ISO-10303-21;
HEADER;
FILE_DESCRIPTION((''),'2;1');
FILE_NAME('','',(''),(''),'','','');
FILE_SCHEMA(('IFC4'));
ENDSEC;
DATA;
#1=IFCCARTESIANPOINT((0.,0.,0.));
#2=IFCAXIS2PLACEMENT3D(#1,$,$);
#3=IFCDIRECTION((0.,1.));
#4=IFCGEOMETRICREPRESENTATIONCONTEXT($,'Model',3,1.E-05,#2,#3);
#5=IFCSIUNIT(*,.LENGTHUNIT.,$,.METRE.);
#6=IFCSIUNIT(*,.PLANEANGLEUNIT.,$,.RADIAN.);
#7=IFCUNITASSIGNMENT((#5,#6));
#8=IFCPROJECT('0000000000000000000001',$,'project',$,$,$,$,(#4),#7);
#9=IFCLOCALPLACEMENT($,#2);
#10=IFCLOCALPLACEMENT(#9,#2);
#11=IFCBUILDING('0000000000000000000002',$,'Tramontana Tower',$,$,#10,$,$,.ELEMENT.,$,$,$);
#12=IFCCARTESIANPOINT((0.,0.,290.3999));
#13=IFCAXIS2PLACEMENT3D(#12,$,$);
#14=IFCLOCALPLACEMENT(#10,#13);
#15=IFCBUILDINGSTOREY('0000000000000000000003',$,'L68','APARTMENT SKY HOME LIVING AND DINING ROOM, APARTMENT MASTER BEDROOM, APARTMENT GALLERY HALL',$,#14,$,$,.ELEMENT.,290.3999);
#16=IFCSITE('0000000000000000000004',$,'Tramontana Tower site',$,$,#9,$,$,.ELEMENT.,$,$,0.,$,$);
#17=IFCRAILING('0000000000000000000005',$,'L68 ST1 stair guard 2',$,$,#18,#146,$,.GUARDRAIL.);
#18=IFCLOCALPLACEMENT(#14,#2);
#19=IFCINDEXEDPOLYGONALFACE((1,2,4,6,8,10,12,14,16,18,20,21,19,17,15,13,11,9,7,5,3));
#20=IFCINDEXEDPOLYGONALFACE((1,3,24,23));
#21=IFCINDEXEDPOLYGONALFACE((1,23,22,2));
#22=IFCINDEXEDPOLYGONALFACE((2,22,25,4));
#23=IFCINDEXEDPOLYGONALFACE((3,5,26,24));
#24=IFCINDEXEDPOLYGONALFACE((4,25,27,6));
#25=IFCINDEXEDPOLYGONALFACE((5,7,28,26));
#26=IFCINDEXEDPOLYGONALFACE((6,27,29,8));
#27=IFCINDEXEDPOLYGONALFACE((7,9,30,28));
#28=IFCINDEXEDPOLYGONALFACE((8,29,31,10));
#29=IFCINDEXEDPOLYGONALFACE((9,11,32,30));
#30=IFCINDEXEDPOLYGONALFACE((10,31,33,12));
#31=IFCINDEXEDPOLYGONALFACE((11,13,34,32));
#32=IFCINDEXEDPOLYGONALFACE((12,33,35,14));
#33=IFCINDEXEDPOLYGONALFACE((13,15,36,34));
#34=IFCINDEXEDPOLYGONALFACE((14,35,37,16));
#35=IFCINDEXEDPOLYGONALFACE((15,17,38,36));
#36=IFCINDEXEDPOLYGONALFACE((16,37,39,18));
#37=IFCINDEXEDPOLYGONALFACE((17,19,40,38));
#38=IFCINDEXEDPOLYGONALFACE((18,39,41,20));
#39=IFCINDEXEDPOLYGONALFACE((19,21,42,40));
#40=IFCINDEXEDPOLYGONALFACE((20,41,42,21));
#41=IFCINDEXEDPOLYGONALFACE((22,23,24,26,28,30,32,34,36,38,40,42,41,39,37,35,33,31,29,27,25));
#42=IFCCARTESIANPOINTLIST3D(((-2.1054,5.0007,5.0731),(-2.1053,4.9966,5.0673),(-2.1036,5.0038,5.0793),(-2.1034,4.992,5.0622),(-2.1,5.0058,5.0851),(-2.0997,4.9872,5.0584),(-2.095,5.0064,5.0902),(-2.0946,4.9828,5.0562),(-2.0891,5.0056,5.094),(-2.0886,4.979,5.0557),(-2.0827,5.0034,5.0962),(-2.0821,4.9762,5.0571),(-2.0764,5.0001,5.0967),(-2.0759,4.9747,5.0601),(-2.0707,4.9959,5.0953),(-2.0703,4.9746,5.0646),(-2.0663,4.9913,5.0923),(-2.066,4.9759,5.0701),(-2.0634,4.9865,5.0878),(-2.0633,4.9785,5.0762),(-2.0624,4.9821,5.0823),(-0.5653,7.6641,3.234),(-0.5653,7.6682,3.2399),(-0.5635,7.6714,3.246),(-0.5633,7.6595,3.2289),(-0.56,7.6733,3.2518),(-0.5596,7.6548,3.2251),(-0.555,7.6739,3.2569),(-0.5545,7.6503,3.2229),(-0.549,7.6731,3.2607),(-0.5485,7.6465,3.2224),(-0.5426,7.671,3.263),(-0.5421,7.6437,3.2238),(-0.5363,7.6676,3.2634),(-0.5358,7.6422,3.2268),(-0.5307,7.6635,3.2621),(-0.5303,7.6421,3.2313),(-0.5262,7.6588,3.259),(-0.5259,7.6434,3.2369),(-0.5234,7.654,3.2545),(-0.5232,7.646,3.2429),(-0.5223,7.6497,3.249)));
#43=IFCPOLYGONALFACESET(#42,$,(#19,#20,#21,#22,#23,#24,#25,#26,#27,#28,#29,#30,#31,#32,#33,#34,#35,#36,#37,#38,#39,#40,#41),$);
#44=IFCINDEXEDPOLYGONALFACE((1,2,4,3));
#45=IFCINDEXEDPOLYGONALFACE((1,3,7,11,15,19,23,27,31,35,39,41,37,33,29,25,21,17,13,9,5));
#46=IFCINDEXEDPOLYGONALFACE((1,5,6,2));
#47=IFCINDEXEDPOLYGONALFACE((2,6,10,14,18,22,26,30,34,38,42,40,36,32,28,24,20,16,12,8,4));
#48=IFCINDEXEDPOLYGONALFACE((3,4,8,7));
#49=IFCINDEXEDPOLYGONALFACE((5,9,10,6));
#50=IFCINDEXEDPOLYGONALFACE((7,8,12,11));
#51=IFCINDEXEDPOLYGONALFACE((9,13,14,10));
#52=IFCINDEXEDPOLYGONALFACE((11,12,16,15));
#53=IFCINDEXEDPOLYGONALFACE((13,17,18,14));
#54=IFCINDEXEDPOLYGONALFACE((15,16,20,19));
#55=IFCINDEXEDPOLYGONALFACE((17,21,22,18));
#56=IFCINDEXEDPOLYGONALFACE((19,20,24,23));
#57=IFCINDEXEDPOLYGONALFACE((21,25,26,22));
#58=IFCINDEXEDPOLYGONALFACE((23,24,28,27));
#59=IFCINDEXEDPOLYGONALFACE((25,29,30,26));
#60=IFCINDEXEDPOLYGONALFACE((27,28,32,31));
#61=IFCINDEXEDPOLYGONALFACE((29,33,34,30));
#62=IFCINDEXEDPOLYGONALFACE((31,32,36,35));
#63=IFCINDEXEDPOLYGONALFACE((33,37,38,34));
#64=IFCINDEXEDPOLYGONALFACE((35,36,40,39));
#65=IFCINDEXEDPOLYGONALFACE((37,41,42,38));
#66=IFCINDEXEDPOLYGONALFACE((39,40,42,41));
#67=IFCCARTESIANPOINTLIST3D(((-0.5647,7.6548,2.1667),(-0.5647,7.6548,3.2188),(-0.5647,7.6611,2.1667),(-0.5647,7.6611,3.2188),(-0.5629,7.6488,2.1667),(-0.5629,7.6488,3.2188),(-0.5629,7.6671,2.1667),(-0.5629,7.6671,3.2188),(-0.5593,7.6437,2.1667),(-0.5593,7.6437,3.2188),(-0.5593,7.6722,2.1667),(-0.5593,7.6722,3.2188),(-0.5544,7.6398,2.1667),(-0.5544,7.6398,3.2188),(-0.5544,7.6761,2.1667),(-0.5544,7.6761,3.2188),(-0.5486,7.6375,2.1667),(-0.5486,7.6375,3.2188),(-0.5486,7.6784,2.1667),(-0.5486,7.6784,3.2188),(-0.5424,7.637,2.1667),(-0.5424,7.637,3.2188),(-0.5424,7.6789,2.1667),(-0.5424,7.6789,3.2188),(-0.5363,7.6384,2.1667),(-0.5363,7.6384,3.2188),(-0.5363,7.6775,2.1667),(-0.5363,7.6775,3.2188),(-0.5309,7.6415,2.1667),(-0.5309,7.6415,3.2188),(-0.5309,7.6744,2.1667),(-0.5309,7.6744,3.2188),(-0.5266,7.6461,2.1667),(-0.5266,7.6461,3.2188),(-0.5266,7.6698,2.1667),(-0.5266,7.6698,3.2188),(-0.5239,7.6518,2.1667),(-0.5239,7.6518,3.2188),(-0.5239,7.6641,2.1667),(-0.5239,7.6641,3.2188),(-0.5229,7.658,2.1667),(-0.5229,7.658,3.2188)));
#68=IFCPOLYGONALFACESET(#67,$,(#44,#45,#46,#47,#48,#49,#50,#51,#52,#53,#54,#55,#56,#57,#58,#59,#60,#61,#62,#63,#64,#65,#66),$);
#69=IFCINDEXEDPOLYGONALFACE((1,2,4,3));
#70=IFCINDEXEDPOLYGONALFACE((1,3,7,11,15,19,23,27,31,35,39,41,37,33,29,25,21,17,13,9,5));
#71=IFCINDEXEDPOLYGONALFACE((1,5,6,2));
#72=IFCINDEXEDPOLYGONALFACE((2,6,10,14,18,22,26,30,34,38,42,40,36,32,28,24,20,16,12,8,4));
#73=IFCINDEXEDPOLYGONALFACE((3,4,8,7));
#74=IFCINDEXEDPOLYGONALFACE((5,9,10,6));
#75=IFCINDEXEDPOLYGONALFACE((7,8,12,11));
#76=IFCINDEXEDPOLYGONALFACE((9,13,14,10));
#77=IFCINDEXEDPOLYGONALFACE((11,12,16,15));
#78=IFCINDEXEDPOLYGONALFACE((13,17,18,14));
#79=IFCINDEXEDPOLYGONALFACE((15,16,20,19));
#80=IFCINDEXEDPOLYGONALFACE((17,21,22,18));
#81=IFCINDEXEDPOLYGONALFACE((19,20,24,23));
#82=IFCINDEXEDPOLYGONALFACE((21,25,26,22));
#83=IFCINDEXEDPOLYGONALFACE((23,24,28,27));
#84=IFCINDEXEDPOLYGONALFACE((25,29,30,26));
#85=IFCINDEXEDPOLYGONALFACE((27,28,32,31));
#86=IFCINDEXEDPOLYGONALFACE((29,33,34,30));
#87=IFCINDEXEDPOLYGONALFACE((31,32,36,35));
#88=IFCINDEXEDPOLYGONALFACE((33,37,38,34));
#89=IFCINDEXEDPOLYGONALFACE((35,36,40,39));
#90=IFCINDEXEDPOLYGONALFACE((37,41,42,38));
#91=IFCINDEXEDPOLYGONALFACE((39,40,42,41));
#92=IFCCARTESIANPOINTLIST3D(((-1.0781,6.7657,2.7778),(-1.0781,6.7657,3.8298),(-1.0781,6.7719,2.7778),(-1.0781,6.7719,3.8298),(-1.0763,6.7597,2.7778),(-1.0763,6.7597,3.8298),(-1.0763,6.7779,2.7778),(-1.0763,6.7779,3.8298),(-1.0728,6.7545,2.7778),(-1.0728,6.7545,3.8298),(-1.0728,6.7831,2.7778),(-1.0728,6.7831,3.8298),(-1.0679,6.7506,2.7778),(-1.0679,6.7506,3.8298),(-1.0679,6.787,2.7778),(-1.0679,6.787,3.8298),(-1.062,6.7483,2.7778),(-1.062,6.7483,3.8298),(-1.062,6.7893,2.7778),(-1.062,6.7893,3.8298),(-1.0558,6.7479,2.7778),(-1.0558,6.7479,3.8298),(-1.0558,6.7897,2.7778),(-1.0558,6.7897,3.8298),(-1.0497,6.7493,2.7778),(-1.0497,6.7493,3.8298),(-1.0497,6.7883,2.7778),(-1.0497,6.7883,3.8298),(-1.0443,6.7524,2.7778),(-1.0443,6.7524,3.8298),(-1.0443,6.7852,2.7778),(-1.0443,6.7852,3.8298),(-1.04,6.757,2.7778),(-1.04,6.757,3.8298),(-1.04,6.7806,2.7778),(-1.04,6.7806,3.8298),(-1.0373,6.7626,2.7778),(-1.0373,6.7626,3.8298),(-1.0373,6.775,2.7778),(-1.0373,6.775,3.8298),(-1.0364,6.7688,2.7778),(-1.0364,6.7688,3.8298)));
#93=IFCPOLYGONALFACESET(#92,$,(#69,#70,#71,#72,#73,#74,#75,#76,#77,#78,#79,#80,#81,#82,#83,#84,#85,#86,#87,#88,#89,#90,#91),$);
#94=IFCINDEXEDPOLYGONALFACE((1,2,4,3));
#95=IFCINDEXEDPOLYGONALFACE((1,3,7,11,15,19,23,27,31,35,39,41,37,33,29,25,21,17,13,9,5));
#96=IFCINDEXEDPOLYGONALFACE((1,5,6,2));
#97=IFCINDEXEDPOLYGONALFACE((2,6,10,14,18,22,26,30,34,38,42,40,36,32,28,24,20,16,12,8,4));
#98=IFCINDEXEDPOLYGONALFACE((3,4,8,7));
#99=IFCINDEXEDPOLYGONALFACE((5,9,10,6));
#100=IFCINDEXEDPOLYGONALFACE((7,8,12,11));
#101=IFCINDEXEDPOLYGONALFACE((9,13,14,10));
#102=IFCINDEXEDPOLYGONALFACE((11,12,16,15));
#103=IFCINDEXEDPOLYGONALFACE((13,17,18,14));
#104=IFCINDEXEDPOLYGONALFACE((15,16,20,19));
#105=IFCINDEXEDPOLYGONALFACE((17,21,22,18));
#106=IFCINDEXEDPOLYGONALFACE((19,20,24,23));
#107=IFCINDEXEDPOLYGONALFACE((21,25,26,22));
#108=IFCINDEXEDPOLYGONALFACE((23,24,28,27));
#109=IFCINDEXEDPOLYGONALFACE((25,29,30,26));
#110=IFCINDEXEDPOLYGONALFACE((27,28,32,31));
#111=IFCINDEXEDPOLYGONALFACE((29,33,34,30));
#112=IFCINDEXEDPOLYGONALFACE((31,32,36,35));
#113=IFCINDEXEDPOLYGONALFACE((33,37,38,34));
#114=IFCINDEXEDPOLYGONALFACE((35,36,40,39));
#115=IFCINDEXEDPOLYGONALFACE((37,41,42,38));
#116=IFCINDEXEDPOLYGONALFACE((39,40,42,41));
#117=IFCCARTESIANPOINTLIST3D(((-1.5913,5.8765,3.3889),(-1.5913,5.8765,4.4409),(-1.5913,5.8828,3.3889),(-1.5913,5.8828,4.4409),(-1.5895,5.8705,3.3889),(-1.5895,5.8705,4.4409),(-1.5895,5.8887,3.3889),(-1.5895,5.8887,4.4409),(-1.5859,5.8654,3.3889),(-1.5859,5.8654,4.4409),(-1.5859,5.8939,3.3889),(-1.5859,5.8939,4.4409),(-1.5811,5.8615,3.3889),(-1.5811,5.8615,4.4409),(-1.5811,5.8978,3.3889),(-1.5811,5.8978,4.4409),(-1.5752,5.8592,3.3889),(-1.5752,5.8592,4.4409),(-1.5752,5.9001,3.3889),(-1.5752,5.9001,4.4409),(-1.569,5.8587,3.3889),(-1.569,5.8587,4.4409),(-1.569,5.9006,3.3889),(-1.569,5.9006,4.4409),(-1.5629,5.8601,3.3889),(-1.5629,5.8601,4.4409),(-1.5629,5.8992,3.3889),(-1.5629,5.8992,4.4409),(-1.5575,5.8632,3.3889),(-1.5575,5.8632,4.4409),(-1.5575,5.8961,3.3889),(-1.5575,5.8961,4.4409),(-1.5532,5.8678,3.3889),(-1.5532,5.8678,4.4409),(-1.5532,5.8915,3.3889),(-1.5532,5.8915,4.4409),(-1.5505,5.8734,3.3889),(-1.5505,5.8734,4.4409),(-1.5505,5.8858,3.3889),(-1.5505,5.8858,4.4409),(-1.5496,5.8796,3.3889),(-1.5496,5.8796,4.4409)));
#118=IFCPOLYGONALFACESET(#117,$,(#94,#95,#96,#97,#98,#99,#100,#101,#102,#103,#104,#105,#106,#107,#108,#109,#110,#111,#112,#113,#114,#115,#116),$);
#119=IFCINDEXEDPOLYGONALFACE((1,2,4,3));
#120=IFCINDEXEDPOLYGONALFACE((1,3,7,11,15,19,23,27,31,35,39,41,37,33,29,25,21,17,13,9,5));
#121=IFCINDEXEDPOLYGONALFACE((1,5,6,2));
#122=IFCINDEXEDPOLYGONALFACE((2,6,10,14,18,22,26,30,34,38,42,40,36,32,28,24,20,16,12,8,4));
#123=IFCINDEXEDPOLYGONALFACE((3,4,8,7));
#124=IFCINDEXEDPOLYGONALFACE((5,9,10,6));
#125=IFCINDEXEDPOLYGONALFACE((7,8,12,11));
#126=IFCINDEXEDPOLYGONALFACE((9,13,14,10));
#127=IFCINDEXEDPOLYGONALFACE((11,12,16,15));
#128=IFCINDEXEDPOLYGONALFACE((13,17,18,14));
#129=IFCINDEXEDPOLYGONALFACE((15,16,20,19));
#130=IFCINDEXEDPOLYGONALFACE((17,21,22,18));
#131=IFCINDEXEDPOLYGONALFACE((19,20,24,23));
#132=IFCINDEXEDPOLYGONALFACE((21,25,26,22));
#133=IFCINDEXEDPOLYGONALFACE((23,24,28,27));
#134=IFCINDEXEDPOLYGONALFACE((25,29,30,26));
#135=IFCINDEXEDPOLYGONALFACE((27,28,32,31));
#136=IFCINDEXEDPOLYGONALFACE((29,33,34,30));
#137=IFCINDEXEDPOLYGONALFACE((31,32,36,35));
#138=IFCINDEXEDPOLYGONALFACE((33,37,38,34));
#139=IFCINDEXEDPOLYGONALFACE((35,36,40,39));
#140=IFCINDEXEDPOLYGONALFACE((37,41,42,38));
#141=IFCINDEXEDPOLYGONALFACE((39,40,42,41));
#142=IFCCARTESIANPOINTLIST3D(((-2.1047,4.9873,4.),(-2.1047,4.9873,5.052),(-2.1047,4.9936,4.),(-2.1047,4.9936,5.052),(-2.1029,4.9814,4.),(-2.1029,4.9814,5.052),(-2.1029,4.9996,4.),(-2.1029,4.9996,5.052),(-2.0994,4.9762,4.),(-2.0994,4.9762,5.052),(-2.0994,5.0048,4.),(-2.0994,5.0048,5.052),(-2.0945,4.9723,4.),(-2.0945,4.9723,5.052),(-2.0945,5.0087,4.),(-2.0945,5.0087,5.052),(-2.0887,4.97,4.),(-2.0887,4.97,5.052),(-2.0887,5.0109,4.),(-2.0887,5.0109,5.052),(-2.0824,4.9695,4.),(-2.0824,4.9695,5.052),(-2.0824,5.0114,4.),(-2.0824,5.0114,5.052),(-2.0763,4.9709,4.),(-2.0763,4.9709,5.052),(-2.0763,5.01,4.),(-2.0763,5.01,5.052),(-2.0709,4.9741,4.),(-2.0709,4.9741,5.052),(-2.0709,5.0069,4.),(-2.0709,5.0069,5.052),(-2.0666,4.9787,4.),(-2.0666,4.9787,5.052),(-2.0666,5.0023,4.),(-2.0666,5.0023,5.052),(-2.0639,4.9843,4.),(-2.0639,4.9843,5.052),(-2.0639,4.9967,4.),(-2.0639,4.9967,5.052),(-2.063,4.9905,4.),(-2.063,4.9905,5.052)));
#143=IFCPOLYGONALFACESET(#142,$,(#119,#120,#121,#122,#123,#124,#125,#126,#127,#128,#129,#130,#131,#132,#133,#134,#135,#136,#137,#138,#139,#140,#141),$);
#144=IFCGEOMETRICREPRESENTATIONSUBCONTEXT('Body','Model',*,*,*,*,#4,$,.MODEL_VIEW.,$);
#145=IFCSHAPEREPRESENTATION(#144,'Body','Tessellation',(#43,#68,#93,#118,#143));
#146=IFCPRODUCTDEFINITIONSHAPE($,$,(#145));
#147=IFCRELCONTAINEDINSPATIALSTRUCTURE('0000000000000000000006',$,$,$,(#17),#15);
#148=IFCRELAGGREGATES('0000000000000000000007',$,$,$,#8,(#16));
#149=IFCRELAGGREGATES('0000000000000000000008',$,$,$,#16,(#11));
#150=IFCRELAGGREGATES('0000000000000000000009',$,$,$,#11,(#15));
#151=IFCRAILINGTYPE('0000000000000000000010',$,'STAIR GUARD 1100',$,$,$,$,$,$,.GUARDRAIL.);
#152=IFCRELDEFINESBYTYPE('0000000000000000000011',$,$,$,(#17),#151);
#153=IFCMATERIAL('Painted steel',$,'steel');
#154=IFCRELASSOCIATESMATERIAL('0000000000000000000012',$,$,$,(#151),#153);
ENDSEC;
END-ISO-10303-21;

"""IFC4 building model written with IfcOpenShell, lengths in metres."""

from ifc_helpers import new_model, si_unit, direction, frame, origin, origin_2d, place, context, subcontext, project, spatial, circle, extrude, material, type_object, element, save


model = new_model("IFC4")

# Units and contexts
model_context = context("Model", 3, precision=1e-05, world=origin(), true_north=direction((0.0, 1.0)))
body_context = subcontext(model_context, "Body", "Model", "MODEL_VIEW")
ifc_project = project(units=[si_unit("LENGTHUNIT", "METRE"), si_unit("PLANEANGLEUNIT", "RADIAN")], contexts=[model_context])

# Site, building, storey
site_placement = place(None, origin())
site = spatial("IfcSite", under=ifc_project, at=site_placement, Name="Tramontana Tower site", CompositionType="ELEMENT", RefElevation=0.0)
building_placement = place(site_placement, origin())
building = spatial("IfcBuilding", under=site, at=building_placement, Name="Tramontana Tower", CompositionType="ELEMENT")
storey_placement = place(building_placement, frame((0.0, 0.0, 290.3999)))
storey = spatial("IfcBuildingStorey", under=building, at=storey_placement, Name="L68", Description="APARTMENT SKY HOME LIVING AND DINING ROOM, APARTMENT MASTER BEDROOM, APARTMENT GALLERY HALL", CompositionType="ELEMENT", Elevation=290.3999)

# Railing
ifc_material_1 = material(Name="Painted steel", Category="steel")
railing_type_1 = type_object("IfcRailingType", Name="STAIR GUARD 1100", PredefinedType="GUARDRAIL", material=ifc_material_1)
railing_1_placement = place(storey_placement, frame((-0.5439, 7.658, 2.1667)))
element("IfcRailing", 1, at=railing_1_placement, inside=storey, type_object=railing_type_1, Name="L68 ST1 stair guard 2", PredefinedType="GUARDRAIL", context=body_context, shape_type="SweptSolid", body=[
    extrude(circle(Radius=0.0239, at=origin_2d()), frame((0.0, 0.0, 1.0762), z_axis=(-0.429649, -0.74419, 0.511452), x_axis=(0.86603, -0.499992, 0.0)), (0.0, 0.0, 1.0), 3.5845),
    extrude(circle(Radius=0.021, at=origin_2d()), origin(), (0.0, 0.0, 1.0), 1.052),
    extrude(circle(Radius=0.021, at=origin_2d()), frame((-0.5134, -0.8892, 0.6111)), (0.0, 0.0, 1.0), 1.052),
    extrude(circle(Radius=0.021, at=origin_2d()), frame((-1.0266, -1.7783, 1.2222)), (0.0, 0.0, 1.0), 1.052),
    extrude(circle(Radius=0.021, at=origin_2d()), frame((-1.54, -2.6675, 1.8333)), (0.0, 0.0, 1.0), 1.052),
])

save(model, "model.ifc")
